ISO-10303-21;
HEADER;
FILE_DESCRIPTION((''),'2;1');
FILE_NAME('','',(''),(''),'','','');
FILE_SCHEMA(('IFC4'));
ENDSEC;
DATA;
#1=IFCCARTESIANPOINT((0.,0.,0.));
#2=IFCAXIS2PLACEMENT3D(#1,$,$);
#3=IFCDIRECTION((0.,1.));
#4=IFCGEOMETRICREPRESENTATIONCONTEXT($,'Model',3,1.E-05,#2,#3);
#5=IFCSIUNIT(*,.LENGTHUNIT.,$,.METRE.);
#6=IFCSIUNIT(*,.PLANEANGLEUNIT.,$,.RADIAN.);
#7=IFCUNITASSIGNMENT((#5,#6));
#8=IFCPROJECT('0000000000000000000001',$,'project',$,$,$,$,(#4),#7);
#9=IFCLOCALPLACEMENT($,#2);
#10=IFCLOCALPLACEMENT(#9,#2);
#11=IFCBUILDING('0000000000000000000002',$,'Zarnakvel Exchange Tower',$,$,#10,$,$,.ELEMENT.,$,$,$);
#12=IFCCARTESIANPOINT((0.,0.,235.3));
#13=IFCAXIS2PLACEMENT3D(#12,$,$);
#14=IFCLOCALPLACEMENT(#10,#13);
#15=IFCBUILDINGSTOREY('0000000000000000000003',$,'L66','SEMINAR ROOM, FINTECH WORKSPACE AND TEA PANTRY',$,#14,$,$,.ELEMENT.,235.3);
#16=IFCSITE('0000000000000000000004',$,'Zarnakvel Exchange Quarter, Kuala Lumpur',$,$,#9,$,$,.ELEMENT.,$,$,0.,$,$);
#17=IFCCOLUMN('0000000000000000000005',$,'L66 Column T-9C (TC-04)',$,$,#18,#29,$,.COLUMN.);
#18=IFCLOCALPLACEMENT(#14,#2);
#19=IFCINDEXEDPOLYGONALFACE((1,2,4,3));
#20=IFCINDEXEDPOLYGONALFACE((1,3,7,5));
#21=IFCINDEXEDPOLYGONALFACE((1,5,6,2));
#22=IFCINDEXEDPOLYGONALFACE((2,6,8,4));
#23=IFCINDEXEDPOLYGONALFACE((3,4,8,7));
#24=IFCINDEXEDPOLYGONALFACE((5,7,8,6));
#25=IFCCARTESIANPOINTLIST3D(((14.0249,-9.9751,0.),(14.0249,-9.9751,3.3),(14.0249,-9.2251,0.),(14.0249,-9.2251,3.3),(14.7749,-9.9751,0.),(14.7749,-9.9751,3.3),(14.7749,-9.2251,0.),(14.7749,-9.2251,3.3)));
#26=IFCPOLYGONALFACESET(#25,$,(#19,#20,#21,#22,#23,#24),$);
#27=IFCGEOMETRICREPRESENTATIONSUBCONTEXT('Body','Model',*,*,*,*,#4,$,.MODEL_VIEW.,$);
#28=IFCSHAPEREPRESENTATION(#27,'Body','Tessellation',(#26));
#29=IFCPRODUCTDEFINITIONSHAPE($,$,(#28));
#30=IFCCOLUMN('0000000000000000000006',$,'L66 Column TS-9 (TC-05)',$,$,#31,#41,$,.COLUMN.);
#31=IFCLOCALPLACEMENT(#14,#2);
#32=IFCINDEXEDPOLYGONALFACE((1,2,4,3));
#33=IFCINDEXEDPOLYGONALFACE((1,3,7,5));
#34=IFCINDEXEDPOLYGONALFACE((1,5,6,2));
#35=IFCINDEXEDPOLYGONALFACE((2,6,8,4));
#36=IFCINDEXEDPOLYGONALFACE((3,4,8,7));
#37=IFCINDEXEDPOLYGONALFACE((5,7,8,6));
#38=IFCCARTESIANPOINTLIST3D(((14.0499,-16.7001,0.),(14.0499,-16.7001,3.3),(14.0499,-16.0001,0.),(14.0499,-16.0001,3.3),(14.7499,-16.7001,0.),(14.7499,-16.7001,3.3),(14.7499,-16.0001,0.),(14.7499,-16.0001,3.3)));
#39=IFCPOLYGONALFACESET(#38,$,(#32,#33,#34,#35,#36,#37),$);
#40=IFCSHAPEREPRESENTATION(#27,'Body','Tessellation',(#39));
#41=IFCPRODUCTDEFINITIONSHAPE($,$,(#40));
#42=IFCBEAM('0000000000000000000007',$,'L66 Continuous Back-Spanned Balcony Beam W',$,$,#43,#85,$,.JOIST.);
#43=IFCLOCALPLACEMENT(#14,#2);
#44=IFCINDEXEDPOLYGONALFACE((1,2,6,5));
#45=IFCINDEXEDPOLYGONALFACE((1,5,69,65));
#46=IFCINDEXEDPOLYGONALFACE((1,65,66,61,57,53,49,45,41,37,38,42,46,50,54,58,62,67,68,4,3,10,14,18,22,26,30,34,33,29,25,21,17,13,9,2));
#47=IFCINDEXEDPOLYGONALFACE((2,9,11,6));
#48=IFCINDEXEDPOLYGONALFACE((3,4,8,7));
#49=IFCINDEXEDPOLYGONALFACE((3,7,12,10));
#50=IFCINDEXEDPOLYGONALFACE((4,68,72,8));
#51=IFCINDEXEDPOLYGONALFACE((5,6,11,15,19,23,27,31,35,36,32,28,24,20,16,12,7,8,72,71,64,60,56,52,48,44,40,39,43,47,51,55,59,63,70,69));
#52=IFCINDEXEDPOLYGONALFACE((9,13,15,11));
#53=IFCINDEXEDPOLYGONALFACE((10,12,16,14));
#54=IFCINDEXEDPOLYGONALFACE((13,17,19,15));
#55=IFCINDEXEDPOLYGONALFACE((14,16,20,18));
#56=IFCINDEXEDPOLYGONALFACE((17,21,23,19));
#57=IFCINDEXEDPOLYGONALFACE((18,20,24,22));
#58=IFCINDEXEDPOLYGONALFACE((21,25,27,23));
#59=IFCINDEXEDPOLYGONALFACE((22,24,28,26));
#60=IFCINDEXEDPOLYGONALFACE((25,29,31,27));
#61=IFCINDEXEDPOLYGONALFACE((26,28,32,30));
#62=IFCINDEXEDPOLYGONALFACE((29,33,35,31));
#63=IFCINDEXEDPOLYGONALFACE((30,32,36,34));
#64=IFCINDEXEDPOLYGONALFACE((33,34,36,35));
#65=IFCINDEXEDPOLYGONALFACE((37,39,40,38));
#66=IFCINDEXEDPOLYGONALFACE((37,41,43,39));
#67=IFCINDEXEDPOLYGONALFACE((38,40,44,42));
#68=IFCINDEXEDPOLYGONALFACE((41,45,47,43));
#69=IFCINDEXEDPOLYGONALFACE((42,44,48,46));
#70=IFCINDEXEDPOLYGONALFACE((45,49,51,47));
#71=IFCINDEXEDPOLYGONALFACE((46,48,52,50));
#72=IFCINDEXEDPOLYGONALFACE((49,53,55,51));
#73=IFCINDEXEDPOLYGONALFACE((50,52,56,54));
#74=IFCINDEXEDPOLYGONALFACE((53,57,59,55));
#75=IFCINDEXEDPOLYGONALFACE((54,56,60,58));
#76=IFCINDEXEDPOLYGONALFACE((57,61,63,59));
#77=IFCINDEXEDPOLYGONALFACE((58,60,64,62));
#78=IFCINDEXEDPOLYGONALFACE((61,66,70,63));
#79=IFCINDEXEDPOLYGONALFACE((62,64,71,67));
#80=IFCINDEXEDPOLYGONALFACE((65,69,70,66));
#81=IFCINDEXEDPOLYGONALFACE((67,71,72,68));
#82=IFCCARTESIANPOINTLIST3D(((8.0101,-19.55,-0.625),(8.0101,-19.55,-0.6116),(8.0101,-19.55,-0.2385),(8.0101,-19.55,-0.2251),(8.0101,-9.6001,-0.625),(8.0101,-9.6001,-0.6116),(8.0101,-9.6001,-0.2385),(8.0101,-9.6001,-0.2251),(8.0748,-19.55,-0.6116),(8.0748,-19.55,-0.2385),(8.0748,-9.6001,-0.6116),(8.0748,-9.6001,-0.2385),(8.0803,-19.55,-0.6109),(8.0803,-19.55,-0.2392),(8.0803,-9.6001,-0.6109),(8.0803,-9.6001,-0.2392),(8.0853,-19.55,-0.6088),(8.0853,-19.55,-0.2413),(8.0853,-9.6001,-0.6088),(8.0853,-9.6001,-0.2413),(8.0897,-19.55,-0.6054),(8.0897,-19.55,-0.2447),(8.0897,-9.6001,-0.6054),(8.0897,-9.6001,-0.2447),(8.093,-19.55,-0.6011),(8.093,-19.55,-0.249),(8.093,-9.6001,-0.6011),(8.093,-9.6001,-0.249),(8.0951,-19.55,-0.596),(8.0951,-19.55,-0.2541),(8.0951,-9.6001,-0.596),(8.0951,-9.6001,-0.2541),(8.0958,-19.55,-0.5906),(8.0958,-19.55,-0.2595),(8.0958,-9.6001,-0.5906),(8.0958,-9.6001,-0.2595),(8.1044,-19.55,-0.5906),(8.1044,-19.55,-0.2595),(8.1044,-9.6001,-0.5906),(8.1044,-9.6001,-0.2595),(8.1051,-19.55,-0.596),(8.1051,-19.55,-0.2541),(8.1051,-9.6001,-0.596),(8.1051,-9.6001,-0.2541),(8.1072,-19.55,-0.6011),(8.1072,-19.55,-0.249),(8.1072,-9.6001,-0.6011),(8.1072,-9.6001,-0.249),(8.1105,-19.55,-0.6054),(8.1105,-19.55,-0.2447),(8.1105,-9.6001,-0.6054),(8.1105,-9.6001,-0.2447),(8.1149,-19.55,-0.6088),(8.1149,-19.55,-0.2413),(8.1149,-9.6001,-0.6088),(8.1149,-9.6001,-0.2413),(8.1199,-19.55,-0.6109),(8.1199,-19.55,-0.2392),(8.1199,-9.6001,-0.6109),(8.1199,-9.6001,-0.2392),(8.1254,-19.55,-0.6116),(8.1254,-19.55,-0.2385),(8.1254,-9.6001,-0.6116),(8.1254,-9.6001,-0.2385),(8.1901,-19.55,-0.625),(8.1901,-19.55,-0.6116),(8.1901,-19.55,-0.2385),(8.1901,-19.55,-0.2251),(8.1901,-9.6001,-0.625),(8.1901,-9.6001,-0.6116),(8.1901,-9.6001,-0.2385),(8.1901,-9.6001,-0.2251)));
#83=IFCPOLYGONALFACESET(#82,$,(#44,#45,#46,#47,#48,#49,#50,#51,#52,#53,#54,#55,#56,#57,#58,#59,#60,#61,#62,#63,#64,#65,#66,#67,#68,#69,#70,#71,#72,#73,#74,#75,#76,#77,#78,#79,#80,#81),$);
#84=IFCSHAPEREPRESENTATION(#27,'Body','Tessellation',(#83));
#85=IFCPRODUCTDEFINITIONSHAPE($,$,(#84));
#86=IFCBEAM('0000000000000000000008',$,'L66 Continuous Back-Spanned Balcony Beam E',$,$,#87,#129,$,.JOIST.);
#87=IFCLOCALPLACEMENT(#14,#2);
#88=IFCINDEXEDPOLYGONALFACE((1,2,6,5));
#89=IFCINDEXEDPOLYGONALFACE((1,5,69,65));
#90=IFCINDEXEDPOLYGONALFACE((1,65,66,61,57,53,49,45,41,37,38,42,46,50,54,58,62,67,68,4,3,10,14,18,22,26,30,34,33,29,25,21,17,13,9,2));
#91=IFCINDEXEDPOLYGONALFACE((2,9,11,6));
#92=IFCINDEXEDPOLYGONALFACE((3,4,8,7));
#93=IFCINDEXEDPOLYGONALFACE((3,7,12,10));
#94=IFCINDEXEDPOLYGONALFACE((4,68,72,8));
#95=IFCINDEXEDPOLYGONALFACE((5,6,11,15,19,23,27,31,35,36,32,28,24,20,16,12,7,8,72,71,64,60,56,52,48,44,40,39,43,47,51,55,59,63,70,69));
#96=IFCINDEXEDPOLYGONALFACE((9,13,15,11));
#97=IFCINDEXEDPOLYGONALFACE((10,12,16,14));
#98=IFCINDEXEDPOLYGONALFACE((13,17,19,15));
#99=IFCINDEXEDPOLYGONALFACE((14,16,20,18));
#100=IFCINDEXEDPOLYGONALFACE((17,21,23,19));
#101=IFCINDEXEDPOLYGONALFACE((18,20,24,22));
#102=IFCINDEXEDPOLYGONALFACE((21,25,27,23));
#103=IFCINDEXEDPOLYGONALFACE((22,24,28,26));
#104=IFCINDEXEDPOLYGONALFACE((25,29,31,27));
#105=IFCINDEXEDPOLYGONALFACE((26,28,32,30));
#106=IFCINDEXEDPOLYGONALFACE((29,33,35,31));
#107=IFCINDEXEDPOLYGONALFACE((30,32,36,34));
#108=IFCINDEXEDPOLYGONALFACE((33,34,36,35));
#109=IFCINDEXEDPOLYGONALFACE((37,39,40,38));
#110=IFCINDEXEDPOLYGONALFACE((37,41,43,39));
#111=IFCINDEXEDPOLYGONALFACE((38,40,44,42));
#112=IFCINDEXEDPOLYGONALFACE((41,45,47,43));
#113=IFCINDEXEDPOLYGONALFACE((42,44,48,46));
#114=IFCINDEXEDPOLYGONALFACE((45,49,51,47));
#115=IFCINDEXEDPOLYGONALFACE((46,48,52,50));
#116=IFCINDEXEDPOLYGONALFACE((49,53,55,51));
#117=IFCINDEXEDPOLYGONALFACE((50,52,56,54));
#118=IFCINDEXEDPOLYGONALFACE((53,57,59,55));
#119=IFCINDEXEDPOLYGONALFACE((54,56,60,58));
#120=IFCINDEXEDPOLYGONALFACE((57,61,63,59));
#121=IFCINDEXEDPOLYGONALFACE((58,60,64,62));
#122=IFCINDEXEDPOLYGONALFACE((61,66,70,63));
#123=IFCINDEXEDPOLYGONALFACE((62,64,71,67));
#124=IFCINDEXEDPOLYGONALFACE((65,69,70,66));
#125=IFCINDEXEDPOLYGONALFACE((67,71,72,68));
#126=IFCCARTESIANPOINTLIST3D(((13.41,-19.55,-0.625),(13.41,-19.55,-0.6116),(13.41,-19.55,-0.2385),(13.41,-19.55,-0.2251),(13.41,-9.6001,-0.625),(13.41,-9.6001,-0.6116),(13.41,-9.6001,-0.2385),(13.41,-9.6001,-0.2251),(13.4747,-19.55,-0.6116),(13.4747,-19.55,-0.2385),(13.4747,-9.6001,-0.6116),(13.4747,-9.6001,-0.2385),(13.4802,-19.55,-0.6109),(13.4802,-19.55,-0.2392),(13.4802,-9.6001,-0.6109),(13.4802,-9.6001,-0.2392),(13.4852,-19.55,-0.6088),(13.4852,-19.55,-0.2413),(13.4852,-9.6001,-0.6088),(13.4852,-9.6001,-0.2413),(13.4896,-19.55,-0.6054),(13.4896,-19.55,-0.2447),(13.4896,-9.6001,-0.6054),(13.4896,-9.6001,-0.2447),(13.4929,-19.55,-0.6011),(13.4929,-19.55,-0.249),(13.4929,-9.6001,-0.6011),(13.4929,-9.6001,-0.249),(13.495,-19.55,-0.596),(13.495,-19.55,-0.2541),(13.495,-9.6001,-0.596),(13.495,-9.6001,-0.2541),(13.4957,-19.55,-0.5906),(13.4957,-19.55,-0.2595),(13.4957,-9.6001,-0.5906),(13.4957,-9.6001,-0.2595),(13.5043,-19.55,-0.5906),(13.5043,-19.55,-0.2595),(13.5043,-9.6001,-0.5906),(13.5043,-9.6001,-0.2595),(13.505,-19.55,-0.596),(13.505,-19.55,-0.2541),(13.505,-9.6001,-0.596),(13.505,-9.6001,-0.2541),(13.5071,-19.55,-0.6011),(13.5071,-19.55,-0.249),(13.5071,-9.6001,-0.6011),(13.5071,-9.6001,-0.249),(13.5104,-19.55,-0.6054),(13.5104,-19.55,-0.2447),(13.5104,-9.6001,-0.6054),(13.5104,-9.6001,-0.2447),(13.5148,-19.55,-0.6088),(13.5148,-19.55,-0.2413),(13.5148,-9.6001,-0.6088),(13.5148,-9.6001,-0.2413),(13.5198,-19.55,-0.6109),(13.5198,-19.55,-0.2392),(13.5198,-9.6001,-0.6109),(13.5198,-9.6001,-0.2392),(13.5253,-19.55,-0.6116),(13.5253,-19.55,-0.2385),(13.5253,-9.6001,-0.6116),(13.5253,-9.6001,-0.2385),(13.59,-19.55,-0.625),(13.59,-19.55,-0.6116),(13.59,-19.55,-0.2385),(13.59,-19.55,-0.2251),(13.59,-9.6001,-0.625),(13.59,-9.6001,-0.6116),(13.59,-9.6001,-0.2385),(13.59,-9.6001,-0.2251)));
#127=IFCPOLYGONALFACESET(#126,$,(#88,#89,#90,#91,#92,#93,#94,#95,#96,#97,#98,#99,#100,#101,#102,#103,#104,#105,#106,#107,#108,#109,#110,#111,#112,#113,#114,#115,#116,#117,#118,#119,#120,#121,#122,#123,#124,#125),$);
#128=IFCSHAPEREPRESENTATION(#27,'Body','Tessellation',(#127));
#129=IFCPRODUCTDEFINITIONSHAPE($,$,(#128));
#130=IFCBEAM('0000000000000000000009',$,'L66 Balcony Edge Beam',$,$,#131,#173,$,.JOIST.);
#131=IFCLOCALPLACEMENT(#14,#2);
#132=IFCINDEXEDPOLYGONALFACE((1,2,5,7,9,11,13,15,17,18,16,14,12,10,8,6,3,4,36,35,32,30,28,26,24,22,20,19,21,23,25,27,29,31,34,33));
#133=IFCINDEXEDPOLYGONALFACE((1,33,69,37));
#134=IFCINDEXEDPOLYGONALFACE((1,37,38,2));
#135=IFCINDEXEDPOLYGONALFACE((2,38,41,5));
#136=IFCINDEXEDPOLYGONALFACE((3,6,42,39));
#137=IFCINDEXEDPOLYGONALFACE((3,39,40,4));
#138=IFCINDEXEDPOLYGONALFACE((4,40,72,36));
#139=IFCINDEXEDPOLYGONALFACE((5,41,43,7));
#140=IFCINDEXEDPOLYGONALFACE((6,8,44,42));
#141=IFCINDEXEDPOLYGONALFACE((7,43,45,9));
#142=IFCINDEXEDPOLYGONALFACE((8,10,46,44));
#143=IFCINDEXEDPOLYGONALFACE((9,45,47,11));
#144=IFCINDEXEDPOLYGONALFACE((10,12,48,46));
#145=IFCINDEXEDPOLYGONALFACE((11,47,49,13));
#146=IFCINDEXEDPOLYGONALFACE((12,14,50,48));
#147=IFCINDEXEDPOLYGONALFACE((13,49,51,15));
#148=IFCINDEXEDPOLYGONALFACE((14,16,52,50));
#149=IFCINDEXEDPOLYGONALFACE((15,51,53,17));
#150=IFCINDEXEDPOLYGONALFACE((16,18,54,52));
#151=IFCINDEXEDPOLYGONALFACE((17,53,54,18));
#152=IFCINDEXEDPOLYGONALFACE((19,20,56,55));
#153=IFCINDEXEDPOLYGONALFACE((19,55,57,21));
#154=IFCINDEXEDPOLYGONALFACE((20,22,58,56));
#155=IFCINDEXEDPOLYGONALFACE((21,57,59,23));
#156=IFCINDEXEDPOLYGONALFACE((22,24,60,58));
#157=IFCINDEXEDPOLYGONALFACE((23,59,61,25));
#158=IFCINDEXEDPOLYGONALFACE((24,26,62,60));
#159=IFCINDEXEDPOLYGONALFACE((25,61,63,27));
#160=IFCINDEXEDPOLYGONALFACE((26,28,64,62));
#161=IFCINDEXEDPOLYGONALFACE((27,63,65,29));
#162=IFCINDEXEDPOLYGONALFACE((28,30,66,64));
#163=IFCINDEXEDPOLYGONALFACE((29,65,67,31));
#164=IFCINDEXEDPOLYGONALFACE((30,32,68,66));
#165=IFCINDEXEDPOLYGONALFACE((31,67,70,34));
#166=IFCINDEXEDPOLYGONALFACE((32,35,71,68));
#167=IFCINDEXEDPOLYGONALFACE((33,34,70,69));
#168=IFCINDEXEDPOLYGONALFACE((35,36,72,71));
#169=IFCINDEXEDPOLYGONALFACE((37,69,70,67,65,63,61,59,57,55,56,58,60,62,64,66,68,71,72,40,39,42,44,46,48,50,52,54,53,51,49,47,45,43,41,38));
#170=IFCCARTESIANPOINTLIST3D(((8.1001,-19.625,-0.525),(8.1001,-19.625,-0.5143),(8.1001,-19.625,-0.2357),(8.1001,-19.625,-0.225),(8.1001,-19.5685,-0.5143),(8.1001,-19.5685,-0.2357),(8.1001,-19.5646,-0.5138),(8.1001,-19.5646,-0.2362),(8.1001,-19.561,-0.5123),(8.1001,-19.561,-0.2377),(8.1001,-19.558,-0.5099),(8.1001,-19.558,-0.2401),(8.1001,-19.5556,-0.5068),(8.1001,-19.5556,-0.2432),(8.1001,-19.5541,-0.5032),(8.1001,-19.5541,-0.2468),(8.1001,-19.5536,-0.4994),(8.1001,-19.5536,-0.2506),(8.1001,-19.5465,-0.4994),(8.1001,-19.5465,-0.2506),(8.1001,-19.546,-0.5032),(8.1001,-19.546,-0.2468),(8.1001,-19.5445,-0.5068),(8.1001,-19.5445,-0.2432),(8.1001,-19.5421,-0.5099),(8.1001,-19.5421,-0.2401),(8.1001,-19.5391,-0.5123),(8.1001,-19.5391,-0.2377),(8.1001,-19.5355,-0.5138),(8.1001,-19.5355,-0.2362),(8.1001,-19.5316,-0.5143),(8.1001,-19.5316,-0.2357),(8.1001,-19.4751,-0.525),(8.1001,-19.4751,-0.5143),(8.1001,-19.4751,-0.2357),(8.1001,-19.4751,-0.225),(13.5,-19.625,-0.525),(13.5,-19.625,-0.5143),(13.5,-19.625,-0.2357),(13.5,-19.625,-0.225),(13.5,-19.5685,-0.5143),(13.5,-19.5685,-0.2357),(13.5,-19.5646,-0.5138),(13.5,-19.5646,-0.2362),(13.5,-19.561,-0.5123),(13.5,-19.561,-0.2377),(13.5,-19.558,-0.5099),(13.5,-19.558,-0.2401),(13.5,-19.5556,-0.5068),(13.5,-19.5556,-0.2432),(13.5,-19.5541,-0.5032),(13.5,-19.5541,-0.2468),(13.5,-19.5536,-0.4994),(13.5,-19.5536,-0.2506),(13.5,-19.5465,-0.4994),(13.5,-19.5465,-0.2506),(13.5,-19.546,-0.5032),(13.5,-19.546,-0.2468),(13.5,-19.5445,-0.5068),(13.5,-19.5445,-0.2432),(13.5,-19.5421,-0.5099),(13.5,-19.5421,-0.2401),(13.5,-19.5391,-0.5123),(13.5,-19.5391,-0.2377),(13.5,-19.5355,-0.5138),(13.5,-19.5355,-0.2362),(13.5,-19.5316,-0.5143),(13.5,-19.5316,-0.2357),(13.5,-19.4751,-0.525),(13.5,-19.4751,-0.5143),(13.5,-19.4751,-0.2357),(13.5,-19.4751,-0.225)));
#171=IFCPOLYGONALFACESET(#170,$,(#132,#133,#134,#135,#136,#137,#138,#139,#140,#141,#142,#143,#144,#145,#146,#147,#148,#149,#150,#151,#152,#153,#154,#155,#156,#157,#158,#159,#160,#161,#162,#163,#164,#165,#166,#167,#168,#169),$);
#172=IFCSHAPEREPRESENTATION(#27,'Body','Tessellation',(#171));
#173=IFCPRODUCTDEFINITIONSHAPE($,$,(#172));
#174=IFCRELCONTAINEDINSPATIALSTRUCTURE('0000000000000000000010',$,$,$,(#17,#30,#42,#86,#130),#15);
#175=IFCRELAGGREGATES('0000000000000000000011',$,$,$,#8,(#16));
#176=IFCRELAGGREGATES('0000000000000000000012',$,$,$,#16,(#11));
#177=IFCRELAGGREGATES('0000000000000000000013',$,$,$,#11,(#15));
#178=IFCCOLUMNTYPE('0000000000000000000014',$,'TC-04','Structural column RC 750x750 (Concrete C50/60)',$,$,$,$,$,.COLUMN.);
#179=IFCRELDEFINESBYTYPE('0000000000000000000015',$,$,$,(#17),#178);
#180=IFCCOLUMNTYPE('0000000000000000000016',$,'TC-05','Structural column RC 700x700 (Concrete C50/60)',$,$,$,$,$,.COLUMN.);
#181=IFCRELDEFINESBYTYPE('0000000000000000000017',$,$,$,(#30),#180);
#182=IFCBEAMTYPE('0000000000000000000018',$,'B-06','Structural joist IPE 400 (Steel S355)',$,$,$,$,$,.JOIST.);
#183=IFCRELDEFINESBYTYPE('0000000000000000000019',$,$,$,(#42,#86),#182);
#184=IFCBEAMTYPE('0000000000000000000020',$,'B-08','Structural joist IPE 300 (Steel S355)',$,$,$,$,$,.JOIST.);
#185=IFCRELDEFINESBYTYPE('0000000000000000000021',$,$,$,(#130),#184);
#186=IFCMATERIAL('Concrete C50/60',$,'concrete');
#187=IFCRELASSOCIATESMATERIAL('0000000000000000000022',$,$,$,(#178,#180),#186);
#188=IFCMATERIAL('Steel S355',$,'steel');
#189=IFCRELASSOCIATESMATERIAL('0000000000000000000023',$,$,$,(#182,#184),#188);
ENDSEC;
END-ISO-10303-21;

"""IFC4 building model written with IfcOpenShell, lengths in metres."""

from ifc_helpers import new_model, si_unit, direction, frame, origin, origin_2d, place, context, subcontext, project, spatial, rectangle, i_section, extrude, material, material_profile, profile_set, type_object, element, save


model = new_model("IFC4")

# Units and contexts
model_context = context("Model", 3, precision=1e-05, world=origin(), true_north=direction((0.0, 1.0)))
body_context = subcontext(model_context, "Body", "Model", "MODEL_VIEW")
ifc_project = project(units=[si_unit("LENGTHUNIT", "METRE"), si_unit("PLANEANGLEUNIT", "RADIAN")], contexts=[model_context])

# Site, building, storey
site_placement = place(None, origin())
site = spatial("IfcSite", under=ifc_project, at=site_placement, Name="Zarnakvel Exchange Quarter, Kuala Lumpur", CompositionType="ELEMENT", RefElevation=0.0)
building_placement = place(site_placement, origin())
building = spatial("IfcBuilding", under=site, at=building_placement, Name="Zarnakvel Exchange Tower", CompositionType="ELEMENT")
storey_placement = place(building_placement, frame((0.0, 0.0, 235.3)))
storey = spatial("IfcBuildingStorey", under=building, at=storey_placement, Name="L66", Description="SEMINAR ROOM, FINTECH WORKSPACE AND TEA PANTRY", CompositionType="ELEMENT", Elevation=235.3)

# Columns
ifc_material_1 = material(Name="Concrete C50/60", Category="concrete")
ifc_material_profile_1 = material_profile(ifc_material_1, rectangle(XDim=0.75, YDim=0.75, at=origin_2d()))
ifc_profile_set_1 = profile_set([ifc_material_profile_1], Name="Concrete C50/60")
column_type_1 = type_object("IfcColumnType", Name="TC-04", Description="Structural column RC 750x750 (Concrete C50/60)", PredefinedType="COLUMN", material=ifc_profile_set_1)
column_1_placement = place(storey_placement, frame((14.3999, -9.6001, 0.0), z_axis=(0.0, 0.0, 1.0), x_axis=(1.0, 0.0, 0.0)))
element("IfcColumn", 1, at=column_1_placement, inside=storey, type_object=column_type_1, Name="L66 Column T-9C (TC-04)", PredefinedType="COLUMN", context=body_context, shape_type="SweptSolid", body=[
    extrude(rectangle(XDim=0.75, YDim=0.75, at=origin_2d()), origin(), (0.0, 0.0, 1.0), 3.3),
])
ifc_material_profile_2 = material_profile(ifc_material_1, rectangle(XDim=0.7, YDim=0.7, at=origin_2d()))
ifc_profile_set_2 = profile_set([ifc_material_profile_2], Name="Concrete C50/60")
column_type_2 = type_object("IfcColumnType", Name="TC-05", Description="Structural column RC 700x700 (Concrete C50/60)", PredefinedType="COLUMN", material=ifc_profile_set_2)
column_2_placement = place(storey_placement, frame((14.3999, -16.3501, 0.0), z_axis=(0.0, 0.0, 1.0), x_axis=(1.0, 0.0, 0.0)))
element("IfcColumn", 2, at=column_2_placement, inside=storey, type_object=column_type_2, Name="L66 Column TS-9 (TC-05)", PredefinedType="COLUMN", context=body_context, shape_type="SweptSolid", body=[
    extrude(rectangle(XDim=0.7, YDim=0.7, at=origin_2d()), origin(), (0.0, 0.0, 1.0), 3.3),
])

# Beams
ifc_material_2 = material(Name="Steel S355", Category="steel")
ifc_material_profile_3 = material_profile(ifc_material_2, i_section(OverallWidth=0.1799, OverallDepth=0.3999, WebThickness=0.0085, FlangeThickness=0.0134, FilletRadius=0.021, at=origin_2d()))
ifc_profile_set_3 = profile_set([ifc_material_profile_3], Name="Steel S355")
beam_type_1 = type_object("IfcBeamType", Name="B-06", Description="Structural joist IPE 400 (Steel S355)", PredefinedType="JOIST", material=ifc_profile_set_3)
for number, where, z_axis, x_axis, name in (
    (3, (8.1001, -9.6001, -0.425), (0.0, -1.0, 0.0), (1.0, 0.0, 0.0), "L66 Continuous Back-Spanned Balcony Beam W"),
    (4, (13.5, -9.6001, -0.425), (0.0, -1.0, 0.0), (1.0, 0.0, 0.0), "L66 Continuous Back-Spanned Balcony Beam E"),
):
    element("IfcBeam", number, at=place(storey_placement, frame(where, z_axis=z_axis, x_axis=x_axis)), inside=storey, type_object=beam_type_1, Name=name, PredefinedType="JOIST", context=body_context, shape_type="SweptSolid", body=[
        extrude(i_section(OverallWidth=0.1799, OverallDepth=0.3999, WebThickness=0.0085, FlangeThickness=0.0134, FilletRadius=0.021, at=origin_2d()), origin(), (0.0, 0.0, 1.0), 9.95),
    ])
ifc_material_profile_4 = material_profile(ifc_material_2, i_section(OverallWidth=0.1499, OverallDepth=0.3, WebThickness=0.0071, FlangeThickness=0.0107, FilletRadius=0.0149, at=origin_2d()))
ifc_profile_set_4 = profile_set([ifc_material_profile_4], Name="Steel S355")
beam_type_2 = type_object("IfcBeamType", Name="B-08", Description="Structural joist IPE 300 (Steel S355)", PredefinedType="JOIST", material=ifc_profile_set_4)
beam_1_placement = place(storey_placement, frame((8.1001, -19.55, -0.375), z_axis=(1.0, 0.0, 0.0), x_axis=(0.0, 1.0, 0.0)))
element("IfcBeam", 5, at=beam_1_placement, inside=storey, type_object=beam_type_2, Name="L66 Balcony Edge Beam", PredefinedType="JOIST", context=body_context, shape_type="SweptSolid", body=[
    extrude(i_section(OverallWidth=0.1499, OverallDepth=0.3, WebThickness=0.0071, FlangeThickness=0.0107, FilletRadius=0.0149, at=origin_2d()), origin(), (0.0, 0.0, 1.0), 5.3999),
])

save(model, "model.ifc")
